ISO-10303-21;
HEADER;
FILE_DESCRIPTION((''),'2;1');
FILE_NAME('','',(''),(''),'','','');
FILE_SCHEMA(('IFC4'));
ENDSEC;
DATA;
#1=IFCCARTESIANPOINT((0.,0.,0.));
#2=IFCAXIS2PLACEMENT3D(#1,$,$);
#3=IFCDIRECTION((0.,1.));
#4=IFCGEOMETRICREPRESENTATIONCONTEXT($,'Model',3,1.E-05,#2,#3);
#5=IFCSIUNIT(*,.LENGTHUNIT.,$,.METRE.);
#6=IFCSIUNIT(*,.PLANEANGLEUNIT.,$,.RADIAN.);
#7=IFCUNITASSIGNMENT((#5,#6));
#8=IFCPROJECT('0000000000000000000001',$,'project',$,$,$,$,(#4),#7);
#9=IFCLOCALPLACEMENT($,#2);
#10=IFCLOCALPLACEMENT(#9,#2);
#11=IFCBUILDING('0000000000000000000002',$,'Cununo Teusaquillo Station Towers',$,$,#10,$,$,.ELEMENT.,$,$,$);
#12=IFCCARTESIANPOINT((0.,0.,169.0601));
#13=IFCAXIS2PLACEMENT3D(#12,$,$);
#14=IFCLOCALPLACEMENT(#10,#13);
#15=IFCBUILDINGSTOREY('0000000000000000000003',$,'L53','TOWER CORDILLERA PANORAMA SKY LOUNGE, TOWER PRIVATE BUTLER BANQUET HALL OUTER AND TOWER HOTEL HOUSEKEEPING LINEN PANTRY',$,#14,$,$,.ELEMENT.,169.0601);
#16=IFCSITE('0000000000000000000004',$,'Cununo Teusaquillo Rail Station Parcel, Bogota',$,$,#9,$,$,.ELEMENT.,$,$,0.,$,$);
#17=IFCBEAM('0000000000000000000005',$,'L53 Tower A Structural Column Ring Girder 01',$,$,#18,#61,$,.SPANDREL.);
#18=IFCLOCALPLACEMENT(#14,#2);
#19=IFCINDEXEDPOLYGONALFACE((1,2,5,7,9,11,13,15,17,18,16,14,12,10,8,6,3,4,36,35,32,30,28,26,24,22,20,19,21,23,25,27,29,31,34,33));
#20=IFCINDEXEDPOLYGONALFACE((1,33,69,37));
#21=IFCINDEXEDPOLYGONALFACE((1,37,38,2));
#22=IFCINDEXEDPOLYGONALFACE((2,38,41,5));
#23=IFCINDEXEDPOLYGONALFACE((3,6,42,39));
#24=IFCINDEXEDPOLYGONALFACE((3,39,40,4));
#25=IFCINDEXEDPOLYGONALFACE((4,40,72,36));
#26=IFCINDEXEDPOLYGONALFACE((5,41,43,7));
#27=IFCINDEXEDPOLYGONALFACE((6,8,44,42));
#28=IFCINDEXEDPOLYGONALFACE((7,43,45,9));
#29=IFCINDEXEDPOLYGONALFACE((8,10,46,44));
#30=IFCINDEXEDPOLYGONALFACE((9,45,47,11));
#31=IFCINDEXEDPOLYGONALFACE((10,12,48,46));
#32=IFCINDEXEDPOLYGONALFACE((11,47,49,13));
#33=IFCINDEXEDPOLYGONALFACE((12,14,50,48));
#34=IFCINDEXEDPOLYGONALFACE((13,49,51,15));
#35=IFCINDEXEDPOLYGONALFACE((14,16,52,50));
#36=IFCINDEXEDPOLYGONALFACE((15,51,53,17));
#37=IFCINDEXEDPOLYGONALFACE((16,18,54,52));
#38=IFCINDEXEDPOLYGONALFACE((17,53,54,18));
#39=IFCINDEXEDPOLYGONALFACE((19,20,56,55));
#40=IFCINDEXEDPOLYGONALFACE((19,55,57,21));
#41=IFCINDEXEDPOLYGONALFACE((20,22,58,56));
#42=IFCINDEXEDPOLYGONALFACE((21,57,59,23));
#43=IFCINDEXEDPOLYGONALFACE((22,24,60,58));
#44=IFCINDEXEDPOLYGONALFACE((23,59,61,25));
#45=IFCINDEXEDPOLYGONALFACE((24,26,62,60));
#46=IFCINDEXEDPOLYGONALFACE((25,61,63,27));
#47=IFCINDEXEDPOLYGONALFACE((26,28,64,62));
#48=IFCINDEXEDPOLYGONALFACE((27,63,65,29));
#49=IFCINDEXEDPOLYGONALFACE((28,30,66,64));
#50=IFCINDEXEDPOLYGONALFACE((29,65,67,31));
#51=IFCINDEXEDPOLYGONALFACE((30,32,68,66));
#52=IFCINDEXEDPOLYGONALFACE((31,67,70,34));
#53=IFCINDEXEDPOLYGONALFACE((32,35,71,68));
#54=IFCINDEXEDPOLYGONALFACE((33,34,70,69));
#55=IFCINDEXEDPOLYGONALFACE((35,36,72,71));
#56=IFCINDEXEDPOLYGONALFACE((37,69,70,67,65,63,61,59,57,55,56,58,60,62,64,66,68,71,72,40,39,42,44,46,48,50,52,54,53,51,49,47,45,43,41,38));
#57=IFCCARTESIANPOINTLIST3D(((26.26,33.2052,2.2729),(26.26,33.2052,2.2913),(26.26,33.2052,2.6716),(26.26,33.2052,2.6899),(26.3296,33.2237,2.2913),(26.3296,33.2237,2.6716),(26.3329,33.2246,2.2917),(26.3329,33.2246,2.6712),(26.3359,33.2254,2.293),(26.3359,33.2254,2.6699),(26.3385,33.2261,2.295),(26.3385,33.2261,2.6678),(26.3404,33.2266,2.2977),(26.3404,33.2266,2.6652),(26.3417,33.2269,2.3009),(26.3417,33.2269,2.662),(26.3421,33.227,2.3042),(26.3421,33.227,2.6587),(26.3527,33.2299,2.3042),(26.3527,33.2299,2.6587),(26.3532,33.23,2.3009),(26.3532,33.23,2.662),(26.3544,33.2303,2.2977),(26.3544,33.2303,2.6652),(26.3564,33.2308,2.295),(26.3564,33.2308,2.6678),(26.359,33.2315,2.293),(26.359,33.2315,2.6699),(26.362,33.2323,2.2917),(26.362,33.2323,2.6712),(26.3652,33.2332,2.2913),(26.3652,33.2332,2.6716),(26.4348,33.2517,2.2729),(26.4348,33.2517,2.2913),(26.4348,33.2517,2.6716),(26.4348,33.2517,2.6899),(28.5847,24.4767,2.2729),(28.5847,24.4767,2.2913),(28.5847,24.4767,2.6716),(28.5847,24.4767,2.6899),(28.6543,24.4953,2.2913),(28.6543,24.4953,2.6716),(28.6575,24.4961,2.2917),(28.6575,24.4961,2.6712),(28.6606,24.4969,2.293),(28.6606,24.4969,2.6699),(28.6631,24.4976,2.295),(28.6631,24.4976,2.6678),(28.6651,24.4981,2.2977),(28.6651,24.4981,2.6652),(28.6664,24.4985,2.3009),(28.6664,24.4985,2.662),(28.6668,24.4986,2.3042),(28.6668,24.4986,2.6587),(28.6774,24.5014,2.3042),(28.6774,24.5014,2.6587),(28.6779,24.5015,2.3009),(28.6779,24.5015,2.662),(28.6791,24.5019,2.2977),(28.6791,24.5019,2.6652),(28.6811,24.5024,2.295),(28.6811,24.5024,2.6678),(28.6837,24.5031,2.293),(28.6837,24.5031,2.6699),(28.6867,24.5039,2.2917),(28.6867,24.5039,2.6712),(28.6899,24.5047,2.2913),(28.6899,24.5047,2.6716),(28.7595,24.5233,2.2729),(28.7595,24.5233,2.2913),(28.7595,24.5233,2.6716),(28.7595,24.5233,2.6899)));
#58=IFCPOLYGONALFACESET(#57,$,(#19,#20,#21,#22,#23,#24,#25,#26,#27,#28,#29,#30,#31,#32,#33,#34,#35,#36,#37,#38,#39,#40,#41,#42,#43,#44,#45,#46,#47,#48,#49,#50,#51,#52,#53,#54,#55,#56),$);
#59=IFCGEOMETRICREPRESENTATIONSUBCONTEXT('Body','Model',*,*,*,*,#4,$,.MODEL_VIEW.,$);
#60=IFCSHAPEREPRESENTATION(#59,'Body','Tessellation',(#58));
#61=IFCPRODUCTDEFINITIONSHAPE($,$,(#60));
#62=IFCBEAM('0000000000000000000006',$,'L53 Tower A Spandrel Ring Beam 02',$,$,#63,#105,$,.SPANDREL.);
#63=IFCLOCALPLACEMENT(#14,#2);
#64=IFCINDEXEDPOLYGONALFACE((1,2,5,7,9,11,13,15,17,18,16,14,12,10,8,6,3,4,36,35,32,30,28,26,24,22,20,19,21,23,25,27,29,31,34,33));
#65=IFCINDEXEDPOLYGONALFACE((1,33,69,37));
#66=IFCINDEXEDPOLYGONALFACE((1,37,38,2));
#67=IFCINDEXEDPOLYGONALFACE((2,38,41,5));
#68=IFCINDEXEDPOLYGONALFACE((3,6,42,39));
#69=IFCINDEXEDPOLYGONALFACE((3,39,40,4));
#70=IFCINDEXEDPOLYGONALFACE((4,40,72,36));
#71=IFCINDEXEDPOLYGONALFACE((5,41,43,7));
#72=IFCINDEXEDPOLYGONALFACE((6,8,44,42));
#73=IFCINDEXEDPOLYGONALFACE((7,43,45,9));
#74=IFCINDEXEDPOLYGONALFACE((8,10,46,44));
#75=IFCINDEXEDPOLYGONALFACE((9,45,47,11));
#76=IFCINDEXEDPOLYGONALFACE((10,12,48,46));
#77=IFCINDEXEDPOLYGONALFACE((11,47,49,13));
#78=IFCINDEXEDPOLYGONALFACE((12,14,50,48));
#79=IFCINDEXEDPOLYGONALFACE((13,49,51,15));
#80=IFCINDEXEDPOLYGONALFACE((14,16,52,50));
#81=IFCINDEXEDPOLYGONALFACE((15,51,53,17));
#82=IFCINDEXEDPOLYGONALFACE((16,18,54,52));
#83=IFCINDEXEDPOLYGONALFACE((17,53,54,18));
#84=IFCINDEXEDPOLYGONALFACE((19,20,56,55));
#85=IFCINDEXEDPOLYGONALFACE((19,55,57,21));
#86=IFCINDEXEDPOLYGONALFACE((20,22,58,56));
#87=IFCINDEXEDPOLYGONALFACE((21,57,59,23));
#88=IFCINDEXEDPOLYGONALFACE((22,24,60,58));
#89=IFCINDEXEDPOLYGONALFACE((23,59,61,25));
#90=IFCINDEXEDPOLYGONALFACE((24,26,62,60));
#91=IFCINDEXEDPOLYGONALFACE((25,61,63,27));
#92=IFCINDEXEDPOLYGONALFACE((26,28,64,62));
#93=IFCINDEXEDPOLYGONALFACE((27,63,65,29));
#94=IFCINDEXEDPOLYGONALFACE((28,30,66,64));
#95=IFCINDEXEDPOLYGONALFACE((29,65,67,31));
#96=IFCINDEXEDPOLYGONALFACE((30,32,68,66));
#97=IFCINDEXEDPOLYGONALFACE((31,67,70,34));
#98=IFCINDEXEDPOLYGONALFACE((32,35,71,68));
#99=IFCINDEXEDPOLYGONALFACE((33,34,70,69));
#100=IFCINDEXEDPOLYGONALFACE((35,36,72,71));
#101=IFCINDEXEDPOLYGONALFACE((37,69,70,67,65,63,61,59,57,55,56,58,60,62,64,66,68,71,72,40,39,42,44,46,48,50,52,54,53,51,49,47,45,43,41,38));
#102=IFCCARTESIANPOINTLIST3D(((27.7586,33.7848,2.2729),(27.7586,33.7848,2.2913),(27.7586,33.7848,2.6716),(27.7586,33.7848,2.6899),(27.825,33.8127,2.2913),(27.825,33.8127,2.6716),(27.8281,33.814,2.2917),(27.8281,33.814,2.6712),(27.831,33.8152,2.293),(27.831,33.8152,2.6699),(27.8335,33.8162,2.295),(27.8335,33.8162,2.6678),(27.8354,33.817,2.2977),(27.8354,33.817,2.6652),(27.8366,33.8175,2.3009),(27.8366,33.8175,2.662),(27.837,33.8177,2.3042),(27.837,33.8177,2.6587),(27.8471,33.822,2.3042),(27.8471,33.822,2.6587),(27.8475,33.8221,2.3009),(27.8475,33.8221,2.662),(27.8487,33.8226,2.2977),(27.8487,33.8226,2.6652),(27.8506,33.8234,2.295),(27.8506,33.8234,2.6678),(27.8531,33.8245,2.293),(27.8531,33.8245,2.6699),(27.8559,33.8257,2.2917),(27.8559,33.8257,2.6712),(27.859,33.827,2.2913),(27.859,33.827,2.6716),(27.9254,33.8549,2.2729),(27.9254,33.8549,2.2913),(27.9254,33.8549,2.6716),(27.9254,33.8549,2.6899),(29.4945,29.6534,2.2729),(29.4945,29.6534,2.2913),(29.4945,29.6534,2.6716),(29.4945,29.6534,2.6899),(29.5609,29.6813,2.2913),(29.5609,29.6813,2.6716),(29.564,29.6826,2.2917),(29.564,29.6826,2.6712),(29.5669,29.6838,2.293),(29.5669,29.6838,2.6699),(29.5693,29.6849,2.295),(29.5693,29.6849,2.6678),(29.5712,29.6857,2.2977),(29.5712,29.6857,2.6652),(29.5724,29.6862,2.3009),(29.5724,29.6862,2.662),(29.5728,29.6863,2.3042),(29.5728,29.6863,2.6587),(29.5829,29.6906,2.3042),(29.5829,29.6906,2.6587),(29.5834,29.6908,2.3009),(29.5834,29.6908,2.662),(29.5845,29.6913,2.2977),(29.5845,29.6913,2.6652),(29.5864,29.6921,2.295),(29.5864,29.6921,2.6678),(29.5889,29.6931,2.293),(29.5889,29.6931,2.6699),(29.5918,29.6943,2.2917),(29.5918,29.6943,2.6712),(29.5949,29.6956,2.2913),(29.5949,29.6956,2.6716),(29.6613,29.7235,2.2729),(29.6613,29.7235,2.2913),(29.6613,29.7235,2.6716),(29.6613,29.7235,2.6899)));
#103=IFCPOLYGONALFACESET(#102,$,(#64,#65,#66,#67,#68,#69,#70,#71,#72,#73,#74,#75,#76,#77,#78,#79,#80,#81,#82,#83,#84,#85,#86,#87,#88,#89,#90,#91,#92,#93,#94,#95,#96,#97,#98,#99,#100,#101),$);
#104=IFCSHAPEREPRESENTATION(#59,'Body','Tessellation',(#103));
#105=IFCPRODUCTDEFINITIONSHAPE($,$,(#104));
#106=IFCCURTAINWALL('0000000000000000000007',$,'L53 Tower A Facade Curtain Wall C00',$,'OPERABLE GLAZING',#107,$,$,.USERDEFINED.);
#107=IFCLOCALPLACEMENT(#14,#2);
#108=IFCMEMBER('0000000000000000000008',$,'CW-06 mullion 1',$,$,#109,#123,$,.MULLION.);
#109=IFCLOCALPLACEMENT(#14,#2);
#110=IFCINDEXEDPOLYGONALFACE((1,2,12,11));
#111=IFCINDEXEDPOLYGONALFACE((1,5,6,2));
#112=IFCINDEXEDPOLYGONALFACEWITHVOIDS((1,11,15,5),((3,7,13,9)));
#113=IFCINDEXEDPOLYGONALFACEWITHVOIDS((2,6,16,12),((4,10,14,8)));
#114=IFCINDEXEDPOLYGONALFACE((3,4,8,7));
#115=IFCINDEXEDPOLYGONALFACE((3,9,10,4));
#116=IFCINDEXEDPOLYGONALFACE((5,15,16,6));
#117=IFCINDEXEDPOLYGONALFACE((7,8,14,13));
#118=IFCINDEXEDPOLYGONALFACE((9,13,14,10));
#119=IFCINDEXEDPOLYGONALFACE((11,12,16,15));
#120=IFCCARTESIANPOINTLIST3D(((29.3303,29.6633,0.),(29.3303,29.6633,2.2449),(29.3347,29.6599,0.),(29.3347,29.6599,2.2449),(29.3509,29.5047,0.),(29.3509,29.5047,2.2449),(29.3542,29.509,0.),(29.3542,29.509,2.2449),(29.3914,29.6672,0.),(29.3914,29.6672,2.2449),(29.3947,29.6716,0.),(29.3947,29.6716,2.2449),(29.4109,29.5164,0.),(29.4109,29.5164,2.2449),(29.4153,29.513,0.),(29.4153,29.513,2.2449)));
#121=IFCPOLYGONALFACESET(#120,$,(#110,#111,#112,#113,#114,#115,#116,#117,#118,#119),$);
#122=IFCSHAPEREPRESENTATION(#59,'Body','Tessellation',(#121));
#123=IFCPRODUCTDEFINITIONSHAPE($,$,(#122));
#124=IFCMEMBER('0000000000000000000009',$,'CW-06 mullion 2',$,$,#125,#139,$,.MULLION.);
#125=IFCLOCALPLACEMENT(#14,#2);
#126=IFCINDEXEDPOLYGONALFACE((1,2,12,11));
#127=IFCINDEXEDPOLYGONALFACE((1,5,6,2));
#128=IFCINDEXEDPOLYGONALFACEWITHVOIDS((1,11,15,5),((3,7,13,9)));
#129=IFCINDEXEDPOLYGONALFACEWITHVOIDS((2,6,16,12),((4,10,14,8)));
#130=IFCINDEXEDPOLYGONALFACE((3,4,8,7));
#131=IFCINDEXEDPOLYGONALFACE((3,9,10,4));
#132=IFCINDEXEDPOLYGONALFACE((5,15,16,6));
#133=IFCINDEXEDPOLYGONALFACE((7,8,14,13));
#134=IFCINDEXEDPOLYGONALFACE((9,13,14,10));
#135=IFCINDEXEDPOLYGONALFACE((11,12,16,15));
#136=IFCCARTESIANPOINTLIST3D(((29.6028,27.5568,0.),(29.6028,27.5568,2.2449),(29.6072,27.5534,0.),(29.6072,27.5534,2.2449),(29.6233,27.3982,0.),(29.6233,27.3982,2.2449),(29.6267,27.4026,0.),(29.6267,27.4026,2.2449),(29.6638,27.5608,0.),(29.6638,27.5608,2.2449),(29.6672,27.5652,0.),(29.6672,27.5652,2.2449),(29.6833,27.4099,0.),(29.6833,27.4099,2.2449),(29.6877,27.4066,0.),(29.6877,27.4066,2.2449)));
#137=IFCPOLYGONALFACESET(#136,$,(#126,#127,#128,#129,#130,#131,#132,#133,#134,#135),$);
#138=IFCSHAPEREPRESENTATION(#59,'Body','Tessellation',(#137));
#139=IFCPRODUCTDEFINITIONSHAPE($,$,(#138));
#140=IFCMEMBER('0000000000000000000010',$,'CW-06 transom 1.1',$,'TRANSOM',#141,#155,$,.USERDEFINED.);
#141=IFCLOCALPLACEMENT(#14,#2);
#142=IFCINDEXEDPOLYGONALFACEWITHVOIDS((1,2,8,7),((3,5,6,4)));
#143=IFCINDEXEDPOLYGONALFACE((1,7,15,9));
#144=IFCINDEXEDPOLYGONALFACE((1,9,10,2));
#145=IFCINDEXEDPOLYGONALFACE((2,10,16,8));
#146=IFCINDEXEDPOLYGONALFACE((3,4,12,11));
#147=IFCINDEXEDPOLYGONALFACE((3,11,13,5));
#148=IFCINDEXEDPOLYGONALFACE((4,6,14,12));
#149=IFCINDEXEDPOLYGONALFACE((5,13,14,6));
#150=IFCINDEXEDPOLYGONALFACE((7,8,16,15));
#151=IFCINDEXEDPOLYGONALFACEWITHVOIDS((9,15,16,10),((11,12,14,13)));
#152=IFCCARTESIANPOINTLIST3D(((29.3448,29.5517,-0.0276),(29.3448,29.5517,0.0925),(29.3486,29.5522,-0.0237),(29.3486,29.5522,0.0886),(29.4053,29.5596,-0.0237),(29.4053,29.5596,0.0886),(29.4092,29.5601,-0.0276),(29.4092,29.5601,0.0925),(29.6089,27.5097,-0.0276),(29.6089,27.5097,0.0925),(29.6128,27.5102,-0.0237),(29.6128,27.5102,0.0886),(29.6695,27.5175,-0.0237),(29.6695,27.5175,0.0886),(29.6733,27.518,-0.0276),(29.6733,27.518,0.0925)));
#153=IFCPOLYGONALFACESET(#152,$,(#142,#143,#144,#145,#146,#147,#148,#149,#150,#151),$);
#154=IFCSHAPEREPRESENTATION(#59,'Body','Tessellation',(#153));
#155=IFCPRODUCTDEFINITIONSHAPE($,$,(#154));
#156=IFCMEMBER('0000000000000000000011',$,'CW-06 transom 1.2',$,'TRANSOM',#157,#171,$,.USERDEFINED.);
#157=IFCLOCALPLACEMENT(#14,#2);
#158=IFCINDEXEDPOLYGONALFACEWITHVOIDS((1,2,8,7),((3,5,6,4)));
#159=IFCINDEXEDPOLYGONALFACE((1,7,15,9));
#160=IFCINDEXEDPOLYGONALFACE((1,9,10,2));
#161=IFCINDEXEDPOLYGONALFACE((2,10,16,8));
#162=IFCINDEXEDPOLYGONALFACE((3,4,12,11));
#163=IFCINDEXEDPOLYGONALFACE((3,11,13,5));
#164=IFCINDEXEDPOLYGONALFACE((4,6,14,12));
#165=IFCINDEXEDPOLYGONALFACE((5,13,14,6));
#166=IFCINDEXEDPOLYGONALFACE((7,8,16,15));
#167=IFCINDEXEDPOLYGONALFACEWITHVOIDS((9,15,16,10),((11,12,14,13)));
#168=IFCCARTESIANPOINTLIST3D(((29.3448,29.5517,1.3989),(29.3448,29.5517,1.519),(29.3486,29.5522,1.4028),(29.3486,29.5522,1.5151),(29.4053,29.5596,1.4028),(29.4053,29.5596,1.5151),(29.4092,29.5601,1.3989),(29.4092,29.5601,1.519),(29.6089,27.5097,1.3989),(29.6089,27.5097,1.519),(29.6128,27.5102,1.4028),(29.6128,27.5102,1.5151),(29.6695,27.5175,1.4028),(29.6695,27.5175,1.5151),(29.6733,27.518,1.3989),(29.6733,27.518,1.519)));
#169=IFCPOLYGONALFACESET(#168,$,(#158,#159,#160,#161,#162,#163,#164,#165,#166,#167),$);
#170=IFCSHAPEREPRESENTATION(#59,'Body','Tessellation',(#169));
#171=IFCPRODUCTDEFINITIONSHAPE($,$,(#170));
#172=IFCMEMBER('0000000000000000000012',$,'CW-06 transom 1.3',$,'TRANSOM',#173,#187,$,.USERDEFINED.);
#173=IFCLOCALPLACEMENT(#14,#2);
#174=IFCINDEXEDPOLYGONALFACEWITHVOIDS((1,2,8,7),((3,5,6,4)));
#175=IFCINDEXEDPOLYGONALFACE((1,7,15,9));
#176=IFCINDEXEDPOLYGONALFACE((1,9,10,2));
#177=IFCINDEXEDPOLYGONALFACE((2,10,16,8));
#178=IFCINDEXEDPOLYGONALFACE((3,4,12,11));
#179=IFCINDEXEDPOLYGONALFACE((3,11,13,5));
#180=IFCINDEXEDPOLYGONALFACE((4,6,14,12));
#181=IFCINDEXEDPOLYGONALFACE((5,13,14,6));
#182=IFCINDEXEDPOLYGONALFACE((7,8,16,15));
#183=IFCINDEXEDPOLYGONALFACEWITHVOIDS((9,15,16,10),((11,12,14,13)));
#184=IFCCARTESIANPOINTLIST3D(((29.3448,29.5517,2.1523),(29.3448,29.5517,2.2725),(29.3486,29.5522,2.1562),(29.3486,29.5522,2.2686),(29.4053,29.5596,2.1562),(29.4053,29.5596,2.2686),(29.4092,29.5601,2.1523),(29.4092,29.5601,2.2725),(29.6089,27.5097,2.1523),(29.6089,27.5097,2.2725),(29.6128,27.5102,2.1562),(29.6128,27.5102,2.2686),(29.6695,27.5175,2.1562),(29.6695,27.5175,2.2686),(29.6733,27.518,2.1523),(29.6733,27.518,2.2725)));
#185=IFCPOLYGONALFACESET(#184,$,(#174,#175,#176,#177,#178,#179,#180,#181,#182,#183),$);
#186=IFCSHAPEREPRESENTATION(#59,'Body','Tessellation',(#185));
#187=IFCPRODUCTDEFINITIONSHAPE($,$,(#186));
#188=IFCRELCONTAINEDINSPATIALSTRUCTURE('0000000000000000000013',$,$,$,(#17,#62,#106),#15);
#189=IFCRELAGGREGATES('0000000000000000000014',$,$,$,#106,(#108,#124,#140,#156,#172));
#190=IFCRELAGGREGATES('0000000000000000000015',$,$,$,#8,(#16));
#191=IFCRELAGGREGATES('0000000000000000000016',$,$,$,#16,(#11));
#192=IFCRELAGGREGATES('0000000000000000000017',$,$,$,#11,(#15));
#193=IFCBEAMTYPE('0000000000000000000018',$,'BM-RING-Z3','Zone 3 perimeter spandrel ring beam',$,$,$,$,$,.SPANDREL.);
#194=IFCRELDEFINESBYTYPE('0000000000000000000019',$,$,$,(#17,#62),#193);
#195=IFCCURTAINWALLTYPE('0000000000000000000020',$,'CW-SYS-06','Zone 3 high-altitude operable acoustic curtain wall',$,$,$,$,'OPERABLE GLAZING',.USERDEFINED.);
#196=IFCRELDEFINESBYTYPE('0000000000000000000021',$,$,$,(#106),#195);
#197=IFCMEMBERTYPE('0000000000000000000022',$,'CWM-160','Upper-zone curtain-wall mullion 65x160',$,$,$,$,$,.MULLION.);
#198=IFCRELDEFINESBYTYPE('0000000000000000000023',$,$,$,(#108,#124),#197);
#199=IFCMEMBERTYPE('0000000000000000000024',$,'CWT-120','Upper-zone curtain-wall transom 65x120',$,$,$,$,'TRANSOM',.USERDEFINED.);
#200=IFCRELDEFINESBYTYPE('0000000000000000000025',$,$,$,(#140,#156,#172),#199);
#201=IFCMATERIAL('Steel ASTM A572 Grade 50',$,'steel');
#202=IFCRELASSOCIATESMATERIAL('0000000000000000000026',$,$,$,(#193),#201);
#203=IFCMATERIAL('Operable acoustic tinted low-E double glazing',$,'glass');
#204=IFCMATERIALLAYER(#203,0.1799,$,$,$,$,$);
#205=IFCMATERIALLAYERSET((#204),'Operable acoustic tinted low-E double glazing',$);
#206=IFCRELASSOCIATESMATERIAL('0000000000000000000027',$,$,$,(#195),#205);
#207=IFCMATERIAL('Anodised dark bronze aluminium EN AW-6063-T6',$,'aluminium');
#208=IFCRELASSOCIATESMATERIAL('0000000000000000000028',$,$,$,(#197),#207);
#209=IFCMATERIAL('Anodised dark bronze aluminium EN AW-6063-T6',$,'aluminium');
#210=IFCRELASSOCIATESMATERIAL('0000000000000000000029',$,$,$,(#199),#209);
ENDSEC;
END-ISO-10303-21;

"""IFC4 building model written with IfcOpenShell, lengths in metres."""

from ifc_helpers import new_model, si_unit, direction, frame, origin, origin_2d, place, context, subcontext, project, spatial, hollow_rectangle, i_section, extrude, material, layer, layer_set, material_profile, profile_set, type_object, element, aggregate, save


model = new_model("IFC4")

# Units and contexts
model_context = context("Model", 3, precision=1e-05, world=origin(), true_north=direction((0.0, 1.0)))
body_context = subcontext(model_context, "Body", "Model", "MODEL_VIEW")
ifc_project = project(units=[si_unit("LENGTHUNIT", "METRE"), si_unit("PLANEANGLEUNIT", "RADIAN")], contexts=[model_context])

# Site, building, storey
site_placement = place(None, origin())
site = spatial("IfcSite", under=ifc_project, at=site_placement, Name="Cununo Teusaquillo Rail Station Parcel, Bogota", CompositionType="ELEMENT", RefElevation=0.0)
building_placement = place(site_placement, origin())
building = spatial("IfcBuilding", under=site, at=building_placement, Name="Cununo Teusaquillo Station Towers", CompositionType="ELEMENT")
storey_placement = place(building_placement, frame((0.0, 0.0, 169.0601)))
storey = spatial("IfcBuildingStorey", under=building, at=storey_placement, Name="L53", Description="TOWER CORDILLERA PANORAMA SKY LOUNGE, TOWER PRIVATE BUTLER BANQUET HALL OUTER AND TOWER HOTEL HOUSEKEEPING LINEN PANTRY", CompositionType="ELEMENT", Elevation=169.0601)

# Beams
ifc_material_1 = material(Name="Steel ASTM A572 Grade 50", Category="steel")
ifc_material_profile_1 = material_profile(ifc_material_1, i_section(OverallWidth=0.1809, OverallDepth=0.417, WebThickness=0.011, FlangeThickness=0.0183, FilletRadius=0.0129, at=origin_2d()), Name="W16X57")
ifc_profile_set_1 = profile_set([ifc_material_profile_1], Name="Steel ASTM A572 Grade 50")
beam_type_1 = type_object("IfcBeamType", Name="BM-RING-Z3", Description="Zone 3 perimeter spandrel ring beam", PredefinedType="SPANDREL", material=ifc_profile_set_1)
beam_1_placement = place(storey_placement, frame((28.6721, 24.5, 2.4814), z_axis=(-0.257363, 0.966315, 0.0), x_axis=(-0.966315, -0.257363, 0.0)))
element("IfcBeam", 1, at=beam_1_placement, inside=storey, type_object=beam_type_1, Name="L53 Tower A Structural Column Ring Girder 01", PredefinedType="SPANDREL", context=body_context, shape_type="SweptSolid", body=[
    extrude(i_section(OverallWidth=0.1809, OverallDepth=0.417, WebThickness=0.011, FlangeThickness=0.0183, FilletRadius=0.0129, at=origin_2d()), origin(), (0.0, 0.0, 1.0), 9.0327),
])
beam_2_placement = place(storey_placement, frame((29.5779, 29.6885, 2.4814), z_axis=(-0.38736, 0.921928, 0.0), x_axis=(-0.921928, -0.38736, 0.0)))
element("IfcBeam", 2, at=beam_2_placement, inside=storey, type_object=beam_type_1, Name="L53 Tower A Spandrel Ring Beam 02", PredefinedType="SPANDREL", context=body_context, shape_type="SweptSolid", body=[
    extrude(i_section(OverallWidth=0.1809, OverallDepth=0.417, WebThickness=0.011, FlangeThickness=0.0183, FilletRadius=0.0129, at=origin_2d()), origin(), (0.0, 0.0, 1.0), 4.4812),
])

# Curtain wall, members
ifc_material_2 = material(Name="Operable acoustic tinted low-E double glazing", Category="glass")
ifc_layer_1 = layer(ifc_material_2, 0.1799)
ifc_layer_set_1 = layer_set([ifc_layer_1], Name="Operable acoustic tinted low-E double glazing")
curtain_wall_type = type_object("IfcCurtainWallType", Name="CW-SYS-06", Description="Zone 3 high-altitude operable acoustic curtain wall", ElementType="OPERABLE GLAZING", PredefinedType="USERDEFINED", material=ifc_layer_set_1)
curtain_wall_placement = place(storey_placement, origin())
curtain_wall = element("IfcCurtainWall", 3, at=curtain_wall_placement, inside=storey, type_object=curtain_wall_type, Name="L53 Tower A Facade Curtain Wall C00", ObjectType="OPERABLE GLAZING", PredefinedType="USERDEFINED")
ifc_material_3 = material(Name="Anodised dark bronze aluminium EN AW-6063-T6", Category="aluminium")
ifc_material_profile_2 = material_profile(ifc_material_3, hollow_rectangle(XDim=0.0649, YDim=0.1599, WallThickness=0.0039, at=origin_2d()), Name="CW-MULL-65x160")
ifc_profile_set_2 = profile_set([ifc_material_profile_2], Name="Anodised dark bronze aluminium EN AW-6063-T6")
member_type_1 = type_object("IfcMemberType", Name="CWM-160", Description="Upper-zone curtain-wall mullion 65x160", PredefinedType="MULLION", material=ifc_profile_set_2)
member_1_placement = place(storey_placement, frame((29.3728, 29.5881, 0.0), z_axis=(0.0, 0.0, 1.0), x_axis=(0.991737, 0.128285, 0.0)))
member_1 = element("IfcMember", 4, at=member_1_placement, type_object=member_type_1, Name="CW-06 mullion 1", PredefinedType="MULLION", context=body_context, shape_type="SweptSolid", body=[
    extrude(hollow_rectangle(XDim=0.0649, YDim=0.1599, WallThickness=0.0039, at=origin_2d()), origin(), (0.0, 0.0, 1.0), 2.2449),
])
member_2_placement = place(storey_placement, frame((29.6453, 27.4817, 0.0), z_axis=(0.0, 0.0, 1.0), x_axis=(0.991737, 0.128285, 0.0)))
member_2 = element("IfcMember", 5, at=member_2_placement, type_object=member_type_1, Name="CW-06 mullion 2", PredefinedType="MULLION", context=body_context, shape_type="SweptSolid", body=[
    extrude(hollow_rectangle(XDim=0.0649, YDim=0.1599, WallThickness=0.0039, at=origin_2d()), origin(), (0.0, 0.0, 1.0), 2.2449),
])
ifc_material_4 = material(Name="Anodised dark bronze aluminium EN AW-6063-T6", Category="aluminium")
ifc_material_profile_3 = material_profile(ifc_material_4, hollow_rectangle(XDim=0.0649, YDim=0.1201, WallThickness=0.0039, at=origin_2d()), Name="CW-TRAN-65x120")
ifc_profile_set_3 = profile_set([ifc_material_profile_3], Name="Anodised dark bronze aluminium EN AW-6063-T6")
member_type_2 = type_object("IfcMemberType", Name="CWT-120", Description="Upper-zone curtain-wall transom 65x120", ElementType="TRANSOM", PredefinedType="USERDEFINED", material=ifc_profile_set_3)
member_3_placement = place(storey_placement, frame((29.377, 29.5559, 0.0325), z_axis=(0.128295, -0.991736, 0.0), x_axis=(0.991736, 0.128295, 0.0)))
member_3 = element("IfcMember", 6, at=member_3_placement, type_object=member_type_2, Name="CW-06 transom 1.1", ObjectType="TRANSOM", PredefinedType="USERDEFINED", context=body_context, shape_type="SweptSolid", body=[
    extrude(hollow_rectangle(XDim=0.0649, YDim=0.1201, WallThickness=0.0039, at=origin_2d()), origin(), (0.0, 0.0, 1.0), 2.0591),
])
member_4_placement = place(storey_placement, frame((29.377, 29.5559, 1.459), z_axis=(0.128295, -0.991736, 0.0), x_axis=(0.991736, 0.128295, 0.0)))
member_4 = element("IfcMember", 7, at=member_4_placement, type_object=member_type_2, Name="CW-06 transom 1.2", ObjectType="TRANSOM", PredefinedType="USERDEFINED", context=body_context, shape_type="SweptSolid", body=[
    extrude(hollow_rectangle(XDim=0.0649, YDim=0.1201, WallThickness=0.0039, at=origin_2d()), origin(), (0.0, 0.0, 1.0), 2.0591),
])
member_5_placement = place(storey_placement, frame((29.377, 29.5559, 2.2124), z_axis=(0.128295, -0.991736, 0.0), x_axis=(0.991736, 0.128295, 0.0)))
member_5 = element("IfcMember", 8, at=member_5_placement, type_object=member_type_2, Name="CW-06 transom 1.3", ObjectType="TRANSOM", PredefinedType="USERDEFINED", context=body_context, shape_type="SweptSolid", body=[
    extrude(hollow_rectangle(XDim=0.0649, YDim=0.1201, WallThickness=0.0039, at=origin_2d()), origin(), (0.0, 0.0, 1.0), 2.0591),
])

aggregate(curtain_wall, [member_1, member_2, member_3, member_4, member_5])

save(model, "model.ifc")
